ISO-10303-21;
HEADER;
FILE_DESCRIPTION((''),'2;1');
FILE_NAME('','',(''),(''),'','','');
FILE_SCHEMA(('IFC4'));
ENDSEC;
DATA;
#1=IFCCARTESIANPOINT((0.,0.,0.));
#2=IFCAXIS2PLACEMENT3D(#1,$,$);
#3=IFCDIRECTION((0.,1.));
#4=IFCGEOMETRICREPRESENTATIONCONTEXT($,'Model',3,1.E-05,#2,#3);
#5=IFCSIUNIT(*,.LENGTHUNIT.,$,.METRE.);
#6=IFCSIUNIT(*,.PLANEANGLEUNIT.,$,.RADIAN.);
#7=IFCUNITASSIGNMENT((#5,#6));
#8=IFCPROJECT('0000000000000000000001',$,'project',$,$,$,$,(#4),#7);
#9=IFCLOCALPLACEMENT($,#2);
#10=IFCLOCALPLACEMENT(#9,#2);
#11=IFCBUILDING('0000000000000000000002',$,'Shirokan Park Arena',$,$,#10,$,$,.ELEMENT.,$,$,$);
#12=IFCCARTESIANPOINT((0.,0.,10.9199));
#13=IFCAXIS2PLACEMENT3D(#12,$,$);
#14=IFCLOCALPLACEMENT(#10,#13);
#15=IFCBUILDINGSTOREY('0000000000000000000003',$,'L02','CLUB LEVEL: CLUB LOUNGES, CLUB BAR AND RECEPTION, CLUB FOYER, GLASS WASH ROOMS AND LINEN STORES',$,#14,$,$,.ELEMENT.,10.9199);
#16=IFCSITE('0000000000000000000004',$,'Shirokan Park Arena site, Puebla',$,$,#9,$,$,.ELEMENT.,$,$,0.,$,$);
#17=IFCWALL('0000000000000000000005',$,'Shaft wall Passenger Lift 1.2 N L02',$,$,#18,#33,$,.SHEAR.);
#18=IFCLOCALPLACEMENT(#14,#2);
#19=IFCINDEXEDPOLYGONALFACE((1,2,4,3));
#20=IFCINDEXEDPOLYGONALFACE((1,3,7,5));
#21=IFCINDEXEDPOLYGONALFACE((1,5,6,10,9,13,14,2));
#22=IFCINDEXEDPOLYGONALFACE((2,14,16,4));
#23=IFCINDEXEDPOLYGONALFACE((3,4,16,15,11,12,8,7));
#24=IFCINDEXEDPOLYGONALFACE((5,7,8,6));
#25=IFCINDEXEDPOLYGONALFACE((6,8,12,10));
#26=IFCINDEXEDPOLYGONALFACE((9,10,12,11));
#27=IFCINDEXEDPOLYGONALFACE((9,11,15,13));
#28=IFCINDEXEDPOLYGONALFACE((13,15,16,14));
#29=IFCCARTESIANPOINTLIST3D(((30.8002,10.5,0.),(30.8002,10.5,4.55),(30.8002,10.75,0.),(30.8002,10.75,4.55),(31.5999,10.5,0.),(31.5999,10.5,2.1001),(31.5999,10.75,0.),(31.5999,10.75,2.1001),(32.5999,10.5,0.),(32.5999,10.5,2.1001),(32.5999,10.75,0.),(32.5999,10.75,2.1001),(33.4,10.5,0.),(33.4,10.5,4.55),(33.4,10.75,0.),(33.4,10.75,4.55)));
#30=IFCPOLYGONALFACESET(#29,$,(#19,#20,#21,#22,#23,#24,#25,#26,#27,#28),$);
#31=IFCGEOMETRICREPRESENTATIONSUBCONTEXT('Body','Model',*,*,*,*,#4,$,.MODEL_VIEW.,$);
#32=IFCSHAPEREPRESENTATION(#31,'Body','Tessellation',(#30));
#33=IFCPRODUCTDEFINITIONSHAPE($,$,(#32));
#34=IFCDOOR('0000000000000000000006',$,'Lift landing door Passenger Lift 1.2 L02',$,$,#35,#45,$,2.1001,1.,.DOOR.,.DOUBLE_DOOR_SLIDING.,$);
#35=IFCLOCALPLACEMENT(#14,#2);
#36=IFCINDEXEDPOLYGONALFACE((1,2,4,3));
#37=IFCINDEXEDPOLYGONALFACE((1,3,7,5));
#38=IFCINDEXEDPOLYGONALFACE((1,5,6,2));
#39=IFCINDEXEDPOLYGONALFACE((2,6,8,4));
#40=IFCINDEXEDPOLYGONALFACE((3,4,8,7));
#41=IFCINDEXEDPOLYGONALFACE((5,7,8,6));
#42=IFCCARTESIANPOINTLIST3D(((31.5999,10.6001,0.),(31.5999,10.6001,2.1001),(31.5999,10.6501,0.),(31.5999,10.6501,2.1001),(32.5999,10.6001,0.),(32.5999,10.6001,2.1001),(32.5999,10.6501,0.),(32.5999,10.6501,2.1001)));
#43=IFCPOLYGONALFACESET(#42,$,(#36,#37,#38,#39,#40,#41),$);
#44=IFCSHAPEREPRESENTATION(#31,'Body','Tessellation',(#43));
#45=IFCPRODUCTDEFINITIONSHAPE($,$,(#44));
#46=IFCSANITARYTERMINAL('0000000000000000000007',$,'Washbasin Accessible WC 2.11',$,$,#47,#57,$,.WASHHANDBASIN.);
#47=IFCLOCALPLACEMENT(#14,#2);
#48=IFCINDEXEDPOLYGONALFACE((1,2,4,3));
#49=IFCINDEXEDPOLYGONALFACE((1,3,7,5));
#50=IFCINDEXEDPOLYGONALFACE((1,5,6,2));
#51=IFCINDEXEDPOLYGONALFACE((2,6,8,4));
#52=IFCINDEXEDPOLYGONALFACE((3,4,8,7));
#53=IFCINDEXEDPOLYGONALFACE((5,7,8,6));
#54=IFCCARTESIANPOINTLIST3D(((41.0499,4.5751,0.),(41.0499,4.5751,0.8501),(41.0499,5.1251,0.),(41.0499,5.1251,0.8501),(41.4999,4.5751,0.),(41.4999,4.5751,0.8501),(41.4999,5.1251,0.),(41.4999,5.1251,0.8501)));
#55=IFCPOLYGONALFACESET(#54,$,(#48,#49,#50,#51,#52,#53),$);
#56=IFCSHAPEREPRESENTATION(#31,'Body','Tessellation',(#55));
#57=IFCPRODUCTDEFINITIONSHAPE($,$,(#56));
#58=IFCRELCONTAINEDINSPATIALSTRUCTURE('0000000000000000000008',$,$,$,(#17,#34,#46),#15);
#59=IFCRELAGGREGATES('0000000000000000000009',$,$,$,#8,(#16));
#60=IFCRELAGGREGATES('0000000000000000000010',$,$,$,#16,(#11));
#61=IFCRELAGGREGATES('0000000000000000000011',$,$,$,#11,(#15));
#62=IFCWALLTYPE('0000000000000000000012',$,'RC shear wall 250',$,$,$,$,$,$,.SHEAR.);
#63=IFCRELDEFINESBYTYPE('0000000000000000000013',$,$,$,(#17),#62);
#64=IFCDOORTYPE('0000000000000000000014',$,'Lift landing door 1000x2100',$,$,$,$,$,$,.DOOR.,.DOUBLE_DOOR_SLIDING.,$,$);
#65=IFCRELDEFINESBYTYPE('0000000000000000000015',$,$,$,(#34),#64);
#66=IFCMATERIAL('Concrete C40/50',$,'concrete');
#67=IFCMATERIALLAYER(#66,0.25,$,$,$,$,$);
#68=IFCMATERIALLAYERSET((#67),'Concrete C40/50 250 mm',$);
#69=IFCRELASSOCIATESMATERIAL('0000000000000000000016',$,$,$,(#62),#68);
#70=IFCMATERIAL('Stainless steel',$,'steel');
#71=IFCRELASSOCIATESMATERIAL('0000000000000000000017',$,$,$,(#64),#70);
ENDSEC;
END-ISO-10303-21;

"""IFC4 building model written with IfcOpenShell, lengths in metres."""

from ifc_helpers import new_model, si_unit, direction, frame, frame_2d, origin, origin_2d, place, context, subcontext, project, spatial, rectangle, extrude, material, layer, layer_set, type_object, element, fill, save


model = new_model("IFC4")

# Units and contexts
model_context = context("Model", 3, precision=1e-05, world=origin(), true_north=direction((0.0, 1.0)))
body_context = subcontext(model_context, "Body", "Model", "MODEL_VIEW")
ifc_project = project(units=[si_unit("LENGTHUNIT", "METRE"), si_unit("PLANEANGLEUNIT", "RADIAN")], contexts=[model_context])

# Site, building, storey
site_placement = place(None, origin())
site = spatial("IfcSite", under=ifc_project, at=site_placement, Name="Shirokan Park Arena site, Puebla", CompositionType="ELEMENT", RefElevation=0.0)
building_placement = place(site_placement, origin())
building = spatial("IfcBuilding", under=site, at=building_placement, Name="Shirokan Park Arena", CompositionType="ELEMENT")
storey_placement = place(building_placement, frame((0.0, 0.0, 10.9199)))
storey = spatial("IfcBuildingStorey", under=building, at=storey_placement, Name="L02", Description="CLUB LEVEL: CLUB LOUNGES, CLUB BAR AND RECEPTION, CLUB FOYER, GLASS WASH ROOMS AND LINEN STORES", CompositionType="ELEMENT", Elevation=10.9199)

# Shared definitions
ifc_material_1 = material(Name="Concrete C40/50", Category="concrete")
ifc_layer_1 = layer(ifc_material_1, 0.25)
ifc_layer_set_1 = layer_set([ifc_layer_1], Name="Concrete C40/50 250 mm")
wall_type_1 = type_object("IfcWallType", Name="RC shear wall 250", PredefinedType="SHEAR", material=ifc_layer_set_1)

# Wall, opening, door
wall_1_placement = place(storey_placement, frame((33.3999, 10.625, 0.0), z_axis=(0.0, 0.0, 1.0), x_axis=(-1.0, 0.0, 0.0)))
wall_1 = element("IfcWall", 1, at=wall_1_placement, inside=storey, type_object=wall_type_1, Name="Shaft wall Passenger Lift 1.2 N L02", PredefinedType="SHEAR", context=body_context, shape_type="SweptSolid", body=[
    extrude(rectangle(XDim=2.5999, YDim=0.25, at=frame_2d((1.2998, 0.0))), origin(), (0.0, 0.0, 1.0), 4.55),
])
opening_1_placement = place(wall_1_placement, frame((0.8, 0.0, 0.0)))
opening_1 = element("IfcOpeningElement", 2, at=opening_1_placement, cuts=wall_1, PredefinedType="OPENING", context=body_context, shape_type="SweptSolid", body=[
    extrude(rectangle(XDim=1.0, YDim=2.1001, at=frame_2d((0.5, 1.05))), frame((0.0, 0.135, 0.0), z_axis=(0.0, -1.0, 0.0), x_axis=(1.0, 0.0, 0.0)), (0.0, 0.0, 1.0), 0.27),
])
ifc_material_2 = material(Name="Stainless steel", Category="steel")
door_type_1 = type_object("IfcDoorType", Name="Lift landing door 1000x2100", OperationType="DOUBLE_DOOR_SLIDING", PredefinedType="DOOR", material=ifc_material_2)
door_1_placement = place(opening_1_placement, origin())
door_1 = element("IfcDoor", 3, at=door_1_placement, inside=storey, type_object=door_type_1, Name="Lift landing door Passenger Lift 1.2 L02", OperationType="DOUBLE_DOOR_SLIDING", OverallHeight=2.1001, OverallWidth=1.0, PredefinedType="DOOR", context=body_context, shape_type="SweptSolid", body=[
    extrude(rectangle(XDim=1.0, YDim=2.1001, at=frame_2d((0.5, 1.05))), frame((0.0, 0.0249, 0.0), z_axis=(0.0, -1.0, 0.0), x_axis=(1.0, 0.0, 0.0)), (0.0, 0.0, 1.0), 0.05),
])
fill(opening_1, door_1)

# Sanitary terminal
sanitary_terminal_placement = place(storey_placement, frame((41.2749, 4.8501, 0.0), z_axis=(0.0, 0.0, 1.0), x_axis=(1.0, 0.0, 0.0)))
element("IfcSanitaryTerminal", 4, at=sanitary_terminal_placement, inside=storey, Name="Washbasin Accessible WC 2.11", PredefinedType="WASHHANDBASIN", context=body_context, shape_type="SweptSolid", body=[
    extrude(rectangle(XDim=0.45, YDim=0.55, at=origin_2d()), origin(), (0.0, 0.0, 1.0), 0.8501),
])

save(model, "model.ifc")
